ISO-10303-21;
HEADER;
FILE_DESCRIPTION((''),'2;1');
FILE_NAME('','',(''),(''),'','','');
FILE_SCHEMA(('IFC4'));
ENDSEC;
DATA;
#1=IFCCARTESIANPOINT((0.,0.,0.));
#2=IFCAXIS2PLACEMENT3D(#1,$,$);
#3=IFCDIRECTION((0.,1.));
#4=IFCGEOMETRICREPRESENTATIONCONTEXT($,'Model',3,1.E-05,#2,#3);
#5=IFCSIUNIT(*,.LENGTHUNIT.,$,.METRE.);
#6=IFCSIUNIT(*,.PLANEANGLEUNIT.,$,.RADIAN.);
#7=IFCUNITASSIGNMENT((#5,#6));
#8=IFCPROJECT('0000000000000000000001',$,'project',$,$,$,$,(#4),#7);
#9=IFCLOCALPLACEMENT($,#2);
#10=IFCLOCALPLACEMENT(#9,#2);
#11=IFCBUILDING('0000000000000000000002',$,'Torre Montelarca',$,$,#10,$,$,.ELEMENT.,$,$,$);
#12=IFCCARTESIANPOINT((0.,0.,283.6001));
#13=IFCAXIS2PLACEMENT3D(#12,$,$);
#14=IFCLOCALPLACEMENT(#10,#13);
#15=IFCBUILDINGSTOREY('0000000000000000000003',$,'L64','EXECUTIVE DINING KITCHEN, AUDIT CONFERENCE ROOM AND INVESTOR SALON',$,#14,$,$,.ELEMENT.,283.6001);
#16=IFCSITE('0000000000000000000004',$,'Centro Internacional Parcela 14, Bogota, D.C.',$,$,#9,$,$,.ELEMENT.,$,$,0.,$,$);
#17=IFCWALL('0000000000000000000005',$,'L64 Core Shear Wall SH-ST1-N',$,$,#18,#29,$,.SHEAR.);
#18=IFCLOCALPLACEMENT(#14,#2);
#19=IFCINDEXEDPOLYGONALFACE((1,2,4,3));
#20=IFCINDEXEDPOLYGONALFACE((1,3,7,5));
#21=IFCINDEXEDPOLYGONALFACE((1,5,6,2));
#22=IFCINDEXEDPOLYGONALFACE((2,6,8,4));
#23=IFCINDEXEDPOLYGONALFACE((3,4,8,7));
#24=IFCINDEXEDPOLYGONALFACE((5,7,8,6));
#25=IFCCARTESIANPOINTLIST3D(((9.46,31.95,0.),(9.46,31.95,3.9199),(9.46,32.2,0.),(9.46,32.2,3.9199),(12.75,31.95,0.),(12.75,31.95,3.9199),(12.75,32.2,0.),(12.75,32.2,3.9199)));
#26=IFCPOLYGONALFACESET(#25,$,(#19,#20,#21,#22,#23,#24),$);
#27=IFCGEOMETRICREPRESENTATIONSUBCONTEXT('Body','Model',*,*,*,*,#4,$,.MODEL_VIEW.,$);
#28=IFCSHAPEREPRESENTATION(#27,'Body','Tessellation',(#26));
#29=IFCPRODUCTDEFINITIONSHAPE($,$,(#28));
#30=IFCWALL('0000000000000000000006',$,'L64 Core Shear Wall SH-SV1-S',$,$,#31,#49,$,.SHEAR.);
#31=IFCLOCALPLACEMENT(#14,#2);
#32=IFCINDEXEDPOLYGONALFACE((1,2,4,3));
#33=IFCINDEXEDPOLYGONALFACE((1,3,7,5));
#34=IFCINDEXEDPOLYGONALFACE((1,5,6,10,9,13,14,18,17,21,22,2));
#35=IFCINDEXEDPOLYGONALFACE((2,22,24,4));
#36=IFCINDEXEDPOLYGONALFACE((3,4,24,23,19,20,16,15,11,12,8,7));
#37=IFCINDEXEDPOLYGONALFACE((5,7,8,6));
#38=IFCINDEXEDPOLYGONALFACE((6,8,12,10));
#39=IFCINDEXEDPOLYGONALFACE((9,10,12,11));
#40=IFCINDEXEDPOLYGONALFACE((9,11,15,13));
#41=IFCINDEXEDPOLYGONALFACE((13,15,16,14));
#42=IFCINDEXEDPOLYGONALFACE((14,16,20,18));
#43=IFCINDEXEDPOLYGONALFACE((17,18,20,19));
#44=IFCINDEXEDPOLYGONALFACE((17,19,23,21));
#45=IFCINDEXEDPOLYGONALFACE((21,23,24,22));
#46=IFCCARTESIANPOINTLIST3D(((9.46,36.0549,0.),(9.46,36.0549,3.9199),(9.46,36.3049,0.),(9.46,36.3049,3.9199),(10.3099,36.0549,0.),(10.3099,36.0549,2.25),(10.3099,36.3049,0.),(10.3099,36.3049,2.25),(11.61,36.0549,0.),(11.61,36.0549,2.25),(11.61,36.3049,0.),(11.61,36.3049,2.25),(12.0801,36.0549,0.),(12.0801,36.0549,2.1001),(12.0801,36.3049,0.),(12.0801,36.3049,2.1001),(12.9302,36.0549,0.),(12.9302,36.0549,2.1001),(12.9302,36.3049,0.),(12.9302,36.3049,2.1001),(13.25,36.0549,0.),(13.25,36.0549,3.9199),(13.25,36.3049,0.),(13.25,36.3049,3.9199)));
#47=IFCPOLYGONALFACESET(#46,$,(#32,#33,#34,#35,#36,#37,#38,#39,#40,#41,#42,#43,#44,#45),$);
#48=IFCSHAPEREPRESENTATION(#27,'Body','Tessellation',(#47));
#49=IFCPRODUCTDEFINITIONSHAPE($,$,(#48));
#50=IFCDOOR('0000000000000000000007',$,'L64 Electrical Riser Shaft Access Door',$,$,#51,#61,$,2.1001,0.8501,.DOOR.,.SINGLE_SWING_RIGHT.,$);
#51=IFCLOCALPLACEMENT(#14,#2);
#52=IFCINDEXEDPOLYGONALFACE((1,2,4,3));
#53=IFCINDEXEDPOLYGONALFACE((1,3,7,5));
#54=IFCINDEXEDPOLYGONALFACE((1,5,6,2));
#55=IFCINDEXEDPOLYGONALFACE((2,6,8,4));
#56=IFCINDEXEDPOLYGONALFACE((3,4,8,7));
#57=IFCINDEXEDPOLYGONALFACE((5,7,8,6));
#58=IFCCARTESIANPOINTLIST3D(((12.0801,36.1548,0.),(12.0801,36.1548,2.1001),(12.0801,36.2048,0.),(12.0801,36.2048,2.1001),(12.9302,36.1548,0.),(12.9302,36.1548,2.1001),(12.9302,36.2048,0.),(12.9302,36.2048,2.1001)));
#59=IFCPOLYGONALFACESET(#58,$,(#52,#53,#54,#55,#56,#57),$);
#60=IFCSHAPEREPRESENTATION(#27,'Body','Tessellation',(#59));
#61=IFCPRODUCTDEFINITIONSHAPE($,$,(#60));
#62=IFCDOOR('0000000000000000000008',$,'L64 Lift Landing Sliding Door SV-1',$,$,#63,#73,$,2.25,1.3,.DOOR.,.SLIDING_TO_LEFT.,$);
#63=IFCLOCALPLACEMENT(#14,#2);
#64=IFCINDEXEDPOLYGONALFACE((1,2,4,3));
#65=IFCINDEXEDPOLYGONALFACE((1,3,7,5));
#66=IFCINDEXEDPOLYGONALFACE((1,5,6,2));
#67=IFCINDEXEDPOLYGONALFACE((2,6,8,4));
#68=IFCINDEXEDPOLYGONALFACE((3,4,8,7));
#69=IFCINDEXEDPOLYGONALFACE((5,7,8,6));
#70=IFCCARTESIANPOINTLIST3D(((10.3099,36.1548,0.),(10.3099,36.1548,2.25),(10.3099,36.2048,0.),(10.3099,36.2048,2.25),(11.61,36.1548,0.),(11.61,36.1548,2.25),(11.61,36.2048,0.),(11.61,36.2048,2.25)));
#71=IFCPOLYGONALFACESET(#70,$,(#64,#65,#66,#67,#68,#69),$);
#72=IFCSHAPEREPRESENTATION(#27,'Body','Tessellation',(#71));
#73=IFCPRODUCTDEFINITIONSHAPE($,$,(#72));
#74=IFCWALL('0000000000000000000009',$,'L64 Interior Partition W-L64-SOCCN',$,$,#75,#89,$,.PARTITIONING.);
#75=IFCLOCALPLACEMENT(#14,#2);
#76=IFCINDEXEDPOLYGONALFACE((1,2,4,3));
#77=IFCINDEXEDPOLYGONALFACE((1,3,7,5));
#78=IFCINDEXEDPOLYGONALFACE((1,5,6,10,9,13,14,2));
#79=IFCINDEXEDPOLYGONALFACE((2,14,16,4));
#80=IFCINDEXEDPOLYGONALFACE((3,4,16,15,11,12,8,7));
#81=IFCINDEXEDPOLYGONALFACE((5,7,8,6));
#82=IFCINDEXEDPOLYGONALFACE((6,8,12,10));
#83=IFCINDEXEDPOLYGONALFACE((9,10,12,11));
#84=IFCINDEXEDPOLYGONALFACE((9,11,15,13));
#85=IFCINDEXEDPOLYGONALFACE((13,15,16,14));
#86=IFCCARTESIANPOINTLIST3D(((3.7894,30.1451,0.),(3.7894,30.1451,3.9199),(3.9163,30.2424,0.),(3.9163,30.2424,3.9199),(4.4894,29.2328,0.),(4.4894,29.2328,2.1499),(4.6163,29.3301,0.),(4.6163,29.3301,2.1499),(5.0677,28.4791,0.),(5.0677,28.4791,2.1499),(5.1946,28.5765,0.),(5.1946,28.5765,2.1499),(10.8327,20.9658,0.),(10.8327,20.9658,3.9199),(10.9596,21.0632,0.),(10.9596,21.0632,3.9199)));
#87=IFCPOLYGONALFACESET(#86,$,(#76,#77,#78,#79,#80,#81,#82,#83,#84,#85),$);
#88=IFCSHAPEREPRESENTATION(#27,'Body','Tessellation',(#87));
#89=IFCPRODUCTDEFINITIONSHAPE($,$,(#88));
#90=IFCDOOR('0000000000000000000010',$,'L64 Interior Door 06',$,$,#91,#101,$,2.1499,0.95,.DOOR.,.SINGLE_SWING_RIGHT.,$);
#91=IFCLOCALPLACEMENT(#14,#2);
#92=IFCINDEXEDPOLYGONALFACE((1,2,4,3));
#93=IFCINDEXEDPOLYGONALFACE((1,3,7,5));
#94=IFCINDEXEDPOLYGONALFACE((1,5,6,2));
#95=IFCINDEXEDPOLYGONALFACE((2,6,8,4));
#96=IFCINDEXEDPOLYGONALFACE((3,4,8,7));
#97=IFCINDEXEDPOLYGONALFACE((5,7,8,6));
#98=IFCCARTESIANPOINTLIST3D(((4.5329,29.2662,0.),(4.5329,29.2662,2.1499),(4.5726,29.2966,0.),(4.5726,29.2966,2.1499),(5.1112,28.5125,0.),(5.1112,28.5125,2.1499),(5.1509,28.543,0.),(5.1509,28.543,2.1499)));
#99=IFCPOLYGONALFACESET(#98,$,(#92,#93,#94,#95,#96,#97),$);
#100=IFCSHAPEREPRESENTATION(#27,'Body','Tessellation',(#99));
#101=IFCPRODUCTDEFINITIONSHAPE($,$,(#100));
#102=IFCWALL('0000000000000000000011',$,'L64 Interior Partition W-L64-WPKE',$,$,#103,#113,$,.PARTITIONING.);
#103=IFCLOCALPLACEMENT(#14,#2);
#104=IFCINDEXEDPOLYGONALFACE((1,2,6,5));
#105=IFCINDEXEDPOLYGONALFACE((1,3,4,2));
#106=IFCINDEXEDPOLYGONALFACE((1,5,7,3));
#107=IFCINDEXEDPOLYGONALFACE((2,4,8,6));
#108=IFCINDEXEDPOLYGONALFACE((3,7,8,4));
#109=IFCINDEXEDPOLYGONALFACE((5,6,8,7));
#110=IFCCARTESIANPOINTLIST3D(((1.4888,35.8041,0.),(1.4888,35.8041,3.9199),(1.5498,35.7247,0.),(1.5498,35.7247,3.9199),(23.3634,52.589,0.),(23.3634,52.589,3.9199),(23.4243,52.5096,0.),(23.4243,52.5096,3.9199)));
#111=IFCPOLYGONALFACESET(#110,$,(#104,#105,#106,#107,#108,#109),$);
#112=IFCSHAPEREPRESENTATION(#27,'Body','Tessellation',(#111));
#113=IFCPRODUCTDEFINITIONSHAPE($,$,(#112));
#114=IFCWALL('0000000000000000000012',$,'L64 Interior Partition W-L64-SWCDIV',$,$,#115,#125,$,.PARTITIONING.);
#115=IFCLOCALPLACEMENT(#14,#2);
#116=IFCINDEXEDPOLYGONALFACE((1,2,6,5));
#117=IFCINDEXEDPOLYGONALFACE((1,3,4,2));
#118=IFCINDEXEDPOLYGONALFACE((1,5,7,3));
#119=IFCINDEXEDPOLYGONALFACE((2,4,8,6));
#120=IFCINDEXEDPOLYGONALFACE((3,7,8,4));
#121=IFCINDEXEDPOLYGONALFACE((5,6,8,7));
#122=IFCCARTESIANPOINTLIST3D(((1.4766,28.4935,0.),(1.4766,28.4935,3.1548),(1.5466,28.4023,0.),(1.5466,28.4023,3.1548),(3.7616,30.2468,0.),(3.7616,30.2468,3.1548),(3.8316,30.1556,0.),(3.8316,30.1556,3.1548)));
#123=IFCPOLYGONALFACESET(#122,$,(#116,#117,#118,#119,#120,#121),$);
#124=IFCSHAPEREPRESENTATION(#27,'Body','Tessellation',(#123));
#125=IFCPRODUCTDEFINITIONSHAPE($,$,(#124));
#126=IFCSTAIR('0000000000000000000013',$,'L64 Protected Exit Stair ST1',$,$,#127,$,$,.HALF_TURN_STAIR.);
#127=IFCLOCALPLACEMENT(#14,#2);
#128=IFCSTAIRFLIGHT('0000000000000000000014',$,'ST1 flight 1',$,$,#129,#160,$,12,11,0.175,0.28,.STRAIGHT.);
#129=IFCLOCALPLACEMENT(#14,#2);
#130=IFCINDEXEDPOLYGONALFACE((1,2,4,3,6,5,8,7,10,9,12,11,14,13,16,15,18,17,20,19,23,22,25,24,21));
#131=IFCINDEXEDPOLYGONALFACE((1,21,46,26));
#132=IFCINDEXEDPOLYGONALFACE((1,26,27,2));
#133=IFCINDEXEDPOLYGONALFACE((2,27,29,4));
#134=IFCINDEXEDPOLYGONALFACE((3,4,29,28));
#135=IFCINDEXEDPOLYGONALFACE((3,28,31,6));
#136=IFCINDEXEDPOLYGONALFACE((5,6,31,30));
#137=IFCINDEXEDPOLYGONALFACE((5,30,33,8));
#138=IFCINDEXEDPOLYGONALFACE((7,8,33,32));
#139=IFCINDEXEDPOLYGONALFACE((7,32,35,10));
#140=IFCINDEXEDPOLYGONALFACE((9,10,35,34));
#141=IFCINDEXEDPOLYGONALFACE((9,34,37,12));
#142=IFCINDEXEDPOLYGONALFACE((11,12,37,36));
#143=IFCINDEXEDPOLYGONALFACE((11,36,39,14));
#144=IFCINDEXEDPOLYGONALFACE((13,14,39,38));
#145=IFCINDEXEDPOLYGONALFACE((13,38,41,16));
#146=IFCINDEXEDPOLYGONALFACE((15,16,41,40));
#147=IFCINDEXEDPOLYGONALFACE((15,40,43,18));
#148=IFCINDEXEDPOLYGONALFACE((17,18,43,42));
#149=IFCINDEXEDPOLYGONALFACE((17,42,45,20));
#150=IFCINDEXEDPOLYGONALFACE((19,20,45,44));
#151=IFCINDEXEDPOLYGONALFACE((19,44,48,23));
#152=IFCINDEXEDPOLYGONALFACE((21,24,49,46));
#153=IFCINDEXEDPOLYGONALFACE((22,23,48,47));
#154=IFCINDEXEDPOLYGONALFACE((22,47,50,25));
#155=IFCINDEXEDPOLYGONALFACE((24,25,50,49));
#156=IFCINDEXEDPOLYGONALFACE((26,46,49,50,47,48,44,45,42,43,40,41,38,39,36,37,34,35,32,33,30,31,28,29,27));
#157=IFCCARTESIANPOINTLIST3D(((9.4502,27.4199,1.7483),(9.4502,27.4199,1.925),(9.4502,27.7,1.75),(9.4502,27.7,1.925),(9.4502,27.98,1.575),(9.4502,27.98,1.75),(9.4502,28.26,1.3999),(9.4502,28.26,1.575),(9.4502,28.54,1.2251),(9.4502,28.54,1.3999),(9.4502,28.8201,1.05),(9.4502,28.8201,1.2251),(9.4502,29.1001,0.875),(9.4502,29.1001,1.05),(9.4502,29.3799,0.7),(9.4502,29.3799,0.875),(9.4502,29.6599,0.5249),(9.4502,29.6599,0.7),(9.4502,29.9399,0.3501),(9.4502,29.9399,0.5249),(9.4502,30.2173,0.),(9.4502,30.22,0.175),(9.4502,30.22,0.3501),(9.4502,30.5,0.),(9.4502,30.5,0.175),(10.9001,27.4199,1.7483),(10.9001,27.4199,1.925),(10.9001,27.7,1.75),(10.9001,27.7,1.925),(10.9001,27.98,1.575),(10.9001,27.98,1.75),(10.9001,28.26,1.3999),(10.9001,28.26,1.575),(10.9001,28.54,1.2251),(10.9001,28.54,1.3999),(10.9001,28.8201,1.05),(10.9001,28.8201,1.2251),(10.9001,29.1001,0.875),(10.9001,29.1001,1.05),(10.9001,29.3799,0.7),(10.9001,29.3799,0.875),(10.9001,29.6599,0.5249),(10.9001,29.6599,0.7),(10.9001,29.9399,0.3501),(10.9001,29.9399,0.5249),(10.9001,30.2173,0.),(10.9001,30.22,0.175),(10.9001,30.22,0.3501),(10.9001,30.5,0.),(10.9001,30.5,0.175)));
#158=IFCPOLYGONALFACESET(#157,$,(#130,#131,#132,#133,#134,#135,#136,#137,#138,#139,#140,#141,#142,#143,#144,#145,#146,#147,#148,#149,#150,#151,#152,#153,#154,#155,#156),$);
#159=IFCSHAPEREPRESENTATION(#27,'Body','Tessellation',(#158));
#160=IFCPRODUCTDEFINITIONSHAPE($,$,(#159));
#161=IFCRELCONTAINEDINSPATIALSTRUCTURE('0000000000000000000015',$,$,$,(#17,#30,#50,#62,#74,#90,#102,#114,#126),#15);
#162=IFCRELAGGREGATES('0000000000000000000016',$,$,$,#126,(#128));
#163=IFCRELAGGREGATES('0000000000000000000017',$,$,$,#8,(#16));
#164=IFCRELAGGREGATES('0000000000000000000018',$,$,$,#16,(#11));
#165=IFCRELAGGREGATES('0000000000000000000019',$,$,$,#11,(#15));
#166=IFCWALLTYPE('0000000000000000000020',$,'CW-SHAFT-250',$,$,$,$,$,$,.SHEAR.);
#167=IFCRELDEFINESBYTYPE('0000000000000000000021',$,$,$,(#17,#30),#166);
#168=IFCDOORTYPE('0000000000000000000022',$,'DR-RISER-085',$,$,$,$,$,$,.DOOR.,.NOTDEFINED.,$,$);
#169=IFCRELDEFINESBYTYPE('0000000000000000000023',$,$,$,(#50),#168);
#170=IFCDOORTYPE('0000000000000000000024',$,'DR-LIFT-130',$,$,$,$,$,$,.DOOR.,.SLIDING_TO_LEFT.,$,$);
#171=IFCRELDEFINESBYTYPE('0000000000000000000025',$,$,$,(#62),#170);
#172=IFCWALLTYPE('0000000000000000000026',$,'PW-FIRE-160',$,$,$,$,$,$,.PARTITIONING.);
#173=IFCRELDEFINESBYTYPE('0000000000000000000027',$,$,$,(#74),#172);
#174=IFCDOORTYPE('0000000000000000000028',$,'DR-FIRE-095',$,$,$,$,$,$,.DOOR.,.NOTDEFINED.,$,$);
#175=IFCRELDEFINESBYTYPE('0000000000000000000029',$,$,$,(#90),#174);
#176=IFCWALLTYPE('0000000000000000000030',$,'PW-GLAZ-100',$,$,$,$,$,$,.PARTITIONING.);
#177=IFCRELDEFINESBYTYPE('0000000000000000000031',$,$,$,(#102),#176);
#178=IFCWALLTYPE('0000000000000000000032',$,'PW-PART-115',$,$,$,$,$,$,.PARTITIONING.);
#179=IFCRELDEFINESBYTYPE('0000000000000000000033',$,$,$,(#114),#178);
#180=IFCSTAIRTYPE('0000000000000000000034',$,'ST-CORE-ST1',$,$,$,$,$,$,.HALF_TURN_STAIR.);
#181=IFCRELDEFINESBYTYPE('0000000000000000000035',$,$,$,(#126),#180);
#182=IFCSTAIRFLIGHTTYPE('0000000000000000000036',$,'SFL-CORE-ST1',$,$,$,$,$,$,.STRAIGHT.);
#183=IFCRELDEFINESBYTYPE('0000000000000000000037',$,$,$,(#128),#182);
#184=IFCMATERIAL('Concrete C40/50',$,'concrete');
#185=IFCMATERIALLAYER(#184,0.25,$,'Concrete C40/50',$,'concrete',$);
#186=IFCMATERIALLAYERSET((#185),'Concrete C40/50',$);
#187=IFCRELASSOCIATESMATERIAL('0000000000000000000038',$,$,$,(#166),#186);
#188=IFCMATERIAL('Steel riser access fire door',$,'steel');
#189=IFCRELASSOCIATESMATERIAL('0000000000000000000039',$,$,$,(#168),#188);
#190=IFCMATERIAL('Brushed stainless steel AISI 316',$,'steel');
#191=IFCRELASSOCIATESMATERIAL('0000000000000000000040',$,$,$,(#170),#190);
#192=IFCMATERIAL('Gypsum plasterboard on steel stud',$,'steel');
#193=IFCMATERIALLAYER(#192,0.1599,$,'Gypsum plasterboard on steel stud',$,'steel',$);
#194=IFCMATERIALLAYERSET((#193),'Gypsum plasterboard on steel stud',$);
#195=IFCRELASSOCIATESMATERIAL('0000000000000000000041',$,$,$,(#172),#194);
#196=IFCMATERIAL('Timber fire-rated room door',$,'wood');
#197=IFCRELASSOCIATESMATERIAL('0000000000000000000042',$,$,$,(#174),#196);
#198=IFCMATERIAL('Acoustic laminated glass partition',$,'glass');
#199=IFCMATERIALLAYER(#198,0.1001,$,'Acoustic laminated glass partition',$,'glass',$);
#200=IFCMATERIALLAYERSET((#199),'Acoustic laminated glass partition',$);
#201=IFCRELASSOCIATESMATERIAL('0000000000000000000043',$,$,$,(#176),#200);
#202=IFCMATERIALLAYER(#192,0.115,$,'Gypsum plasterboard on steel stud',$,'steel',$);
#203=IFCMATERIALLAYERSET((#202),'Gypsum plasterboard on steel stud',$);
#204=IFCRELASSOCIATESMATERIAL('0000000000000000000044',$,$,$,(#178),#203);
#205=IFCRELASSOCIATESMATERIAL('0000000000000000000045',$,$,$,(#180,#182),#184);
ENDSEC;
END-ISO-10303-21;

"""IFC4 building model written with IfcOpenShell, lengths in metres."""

from ifc_helpers import new_model, si_unit, direction, frame, frame_2d, origin, place, context, subcontext, project, spatial, polyline, rectangle, outline, extrude, source, transform, mapped, material, layer, layer_set, type_object, element, fill, aggregate, save


model = new_model("IFC4")

# Units and contexts
model_context = context("Model", 3, precision=1e-05, world=origin(), true_north=direction((0.0, 1.0)))
body_context = subcontext(model_context, "Body", "Model", "MODEL_VIEW")
ifc_project = project(units=[si_unit("LENGTHUNIT", "METRE"), si_unit("PLANEANGLEUNIT", "RADIAN")], contexts=[model_context])

# Site, building, storey
site_placement = place(None, origin())
site = spatial("IfcSite", under=ifc_project, at=site_placement, Name="Centro Internacional Parcela 14, Bogota, D.C.", CompositionType="ELEMENT", RefElevation=0.0)
building_placement = place(site_placement, origin())
building = spatial("IfcBuilding", under=site, at=building_placement, Name="Torre Montelarca", CompositionType="ELEMENT")
storey_placement = place(building_placement, frame((0.0, 0.0, 283.6001)))
storey = spatial("IfcBuildingStorey", under=building, at=storey_placement, Name="L64", Description="EXECUTIVE DINING KITCHEN, AUDIT CONFERENCE ROOM AND INVESTOR SALON", CompositionType="ELEMENT", Elevation=283.6001)

# Wall
ifc_material_1 = material(Name="Concrete C40/50", Category="concrete")
ifc_layer_1 = layer(ifc_material_1, 0.25, Name="Concrete C40/50", Category="concrete")
ifc_layer_set_1 = layer_set([ifc_layer_1], Name="Concrete C40/50")
wall_type_1 = type_object("IfcWallType", Name="CW-SHAFT-250", PredefinedType="SHEAR", material=ifc_layer_set_1)
wall_1_placement = place(storey_placement, frame((9.46, 32.075, 0.0), z_axis=(0.0, 0.0, 1.0), x_axis=(1.0, 0.0, 0.0)))
element("IfcWall", 1, at=wall_1_placement, inside=storey, type_object=wall_type_1, Name="L64 Core Shear Wall SH-ST1-N", PredefinedType="SHEAR", context=body_context, shape_type="SweptSolid", body=[
    extrude(rectangle(XDim=3.29, YDim=0.25, at=frame_2d((1.645, 0.0))), origin(), (0.0, 0.0, 1.0), 3.9199),
])

# Wall, openings, doors
wall_2_placement = place(storey_placement, frame((9.46, 36.1799, 0.0), z_axis=(0.0, 0.0, 1.0), x_axis=(1.0, 0.0, 0.0)))
wall_2 = element("IfcWall", 2, at=wall_2_placement, inside=storey, type_object=wall_type_1, Name="L64 Core Shear Wall SH-SV1-S", PredefinedType="SHEAR", context=body_context, shape_type="SweptSolid", body=[
    extrude(rectangle(XDim=3.79, YDim=0.25, at=frame_2d((1.895, 0.0))), origin(), (0.0, 0.0, 1.0), 3.9199),
])
opening_1_placement = place(wall_2_placement, frame((2.6201, 0.0, 0.0)))
opening_1 = element("IfcOpeningElement", 3, at=opening_1_placement, cuts=wall_2, PredefinedType="OPENING", context=body_context, shape_type="SweptSolid", body=[
    extrude(rectangle(XDim=0.8501, YDim=2.1001, at=frame_2d((0.425, 1.05))), frame((0.0, 0.135, 0.0), z_axis=(0.0, -1.0, 0.0), x_axis=(1.0, 0.0, 0.0)), (0.0, 0.0, 1.0), 0.27),
])
opening_2_placement = place(wall_2_placement, frame((0.8501, 0.0, 0.0)))
opening_2 = element("IfcOpeningElement", 4, at=opening_2_placement, cuts=wall_2, PredefinedType="OPENING", context=body_context, shape_type="SweptSolid", body=[
    extrude(rectangle(XDim=1.3, YDim=2.25, at=frame_2d((0.6499, 1.125))), frame((0.0, 0.135, 0.0), z_axis=(0.0, -1.0, 0.0), x_axis=(1.0, 0.0, 0.0)), (0.0, 0.0, 1.0), 0.27),
])
ifc_material_2 = material(Name="Steel riser access fire door", Category="steel")
door_type_1 = type_object("IfcDoorType", Name="DR-RISER-085", OperationType="NOTDEFINED", PredefinedType="DOOR", material=ifc_material_2)
shared_shape_1 = source(origin(), body_context, "Body", "SweptSolid", [
    extrude(rectangle(XDim=0.8501, YDim=2.1001, at=frame_2d((0.425, 1.05))), frame((0.0, 0.0249, 0.0), z_axis=(0.0, -1.0, 0.0), x_axis=(1.0, 0.0, 0.0)), (0.0, 0.0, 1.0), 0.05),
])
door_1_placement = place(opening_1_placement, origin())
door_1 = element("IfcDoor", 5, at=door_1_placement, inside=storey, type_object=door_type_1, Name="L64 Electrical Riser Shaft Access Door", OperationType="SINGLE_SWING_RIGHT", OverallHeight=2.1001, OverallWidth=0.8501, PredefinedType="DOOR", context=body_context, shape_type="MappedRepresentation", body=[
    mapped(shared_shape_1, transform((0.0, 0.0, 0.0), scale=1.0)),
])
fill(opening_1, door_1)
ifc_material_3 = material(Name="Brushed stainless steel AISI 316", Category="steel")
door_type_2 = type_object("IfcDoorType", Name="DR-LIFT-130", OperationType="SLIDING_TO_LEFT", PredefinedType="DOOR", material=ifc_material_3)
shared_shape_2 = source(origin(), body_context, "Body", "SweptSolid", [
    extrude(rectangle(XDim=1.3, YDim=2.25, at=frame_2d((0.6499, 1.125))), frame((0.0, 0.0249, 0.0), z_axis=(0.0, -1.0, 0.0), x_axis=(1.0, 0.0, 0.0)), (0.0, 0.0, 1.0), 0.05),
])
door_2_placement = place(opening_2_placement, origin())
door_2 = element("IfcDoor", 6, at=door_2_placement, inside=storey, type_object=door_type_2, Name="L64 Lift Landing Sliding Door SV-1", OperationType="SLIDING_TO_LEFT", OverallHeight=2.25, OverallWidth=1.3, PredefinedType="DOOR", context=body_context, shape_type="MappedRepresentation", body=[
    mapped(shared_shape_2, transform((0.0, 0.0, 0.0), scale=1.0)),
])
fill(opening_2, door_2)

# Wall, opening, door
ifc_material_4 = material(Name="Gypsum plasterboard on steel stud", Category="steel")
ifc_layer_2 = layer(ifc_material_4, 0.1599, Name="Gypsum plasterboard on steel stud", Category="steel")
ifc_layer_set_2 = layer_set([ifc_layer_2], Name="Gypsum plasterboard on steel stud")
wall_type_2 = type_object("IfcWallType", Name="PW-FIRE-160", PredefinedType="PARTITIONING", material=ifc_layer_set_2)
wall_3_placement = place(storey_placement, frame((3.8528, 30.1938, 0.0), z_axis=(0.0, 0.0, 1.0), x_axis=(0.608749, -0.793363, 0.0)))
wall_3 = element("IfcWall", 7, at=wall_3_placement, inside=storey, type_object=wall_type_2, Name="L64 Interior Partition W-L64-SOCCN", PredefinedType="PARTITIONING", context=body_context, shape_type="SweptSolid", body=[
    extrude(rectangle(XDim=11.5701, YDim=0.1599, at=frame_2d((5.7852, 0.0))), origin(), (0.0, 0.0, 1.0), 3.9199),
])
opening_3_placement = place(wall_3_placement, frame((1.1499, 0.0, 0.0)))
opening_3 = element("IfcOpeningElement", 8, at=opening_3_placement, cuts=wall_3, PredefinedType="OPENING", context=body_context, shape_type="SweptSolid", body=[
    extrude(rectangle(XDim=0.95, YDim=2.1499, at=frame_2d((0.4751, 1.075))), frame((0.0, 0.0898, 0.0), z_axis=(0.0, -1.0, 0.0), x_axis=(1.0, 0.0, 0.0)), (0.0, 0.0, 1.0), 0.1799),
])
ifc_material_5 = material(Name="Timber fire-rated room door", Category="wood")
door_type_3 = type_object("IfcDoorType", Name="DR-FIRE-095", OperationType="NOTDEFINED", PredefinedType="DOOR", material=ifc_material_5)
shared_shape_3 = source(origin(), body_context, "Body", "SweptSolid", [
    extrude(rectangle(XDim=0.95, YDim=2.1499, at=frame_2d((0.4751, 1.075))), frame((0.0, 0.0249, 0.0), z_axis=(0.0, -1.0, 0.0), x_axis=(1.0, 0.0, 0.0)), (0.0, 0.0, 1.0), 0.05),
])
door_3_placement = place(opening_3_placement, origin())
door_3 = element("IfcDoor", 9, at=door_3_placement, inside=storey, type_object=door_type_3, Name="L64 Interior Door 06", OperationType="SINGLE_SWING_RIGHT", OverallHeight=2.1499, OverallWidth=0.95, PredefinedType="DOOR", context=body_context, shape_type="MappedRepresentation", body=[
    mapped(shared_shape_3, transform((0.0, 0.0, 0.0), scale=1.0)),
])
fill(opening_3, door_3)

# Walls
ifc_material_6 = material(Name="Acoustic laminated glass partition", Category="glass")
ifc_layer_3 = layer(ifc_material_6, 0.1001, Name="Acoustic laminated glass partition", Category="glass")
ifc_layer_set_3 = layer_set([ifc_layer_3], Name="Acoustic laminated glass partition")
wall_type_3 = type_object("IfcWallType", Name="PW-GLAZ-100", PredefinedType="PARTITIONING", material=ifc_layer_set_3)
wall_4_placement = place(storey_placement, frame((1.5193, 35.7644, 0.0), z_axis=(0.0, 0.0, 1.0), x_axis=(0.793353, 0.608762, 0.0)))
element("IfcWall", 10, at=wall_4_placement, inside=storey, type_object=wall_type_3, Name="L64 Interior Partition W-L64-WPKE", PredefinedType="PARTITIONING", context=body_context, shape_type="SweptSolid", body=[
    extrude(rectangle(XDim=27.5723, YDim=0.1001, at=frame_2d((13.7861, 0.0))), origin(), (0.0, 0.0, 1.0), 3.9199),
])
ifc_layer_4 = layer(ifc_material_4, 0.115, Name="Gypsum plasterboard on steel stud", Category="steel")
ifc_layer_set_4 = layer_set([ifc_layer_4], Name="Gypsum plasterboard on steel stud")
wall_type_4 = type_object("IfcWallType", Name="PW-PART-115", PredefinedType="PARTITIONING", material=ifc_layer_set_4)
wall_5_placement = place(storey_placement, frame((1.5117, 28.448, 0.0), z_axis=(0.0, 0.0, 1.0), x_axis=(0.79337, 0.608739, 0.0)))
element("IfcWall", 11, at=wall_5_placement, inside=storey, type_object=wall_type_4, Name="L64 Interior Partition W-L64-SWCDIV", PredefinedType="PARTITIONING", context=body_context, shape_type="SweptSolid", body=[
    extrude(rectangle(XDim=2.8801, YDim=0.115, at=frame_2d((1.4399, 0.0))), origin(), (0.0, 0.0, 1.0), 3.1548),
])

# Stair, stair flight
stair_type = type_object("IfcStairType", Name="ST-CORE-ST1", PredefinedType="HALF_TURN_STAIR", material=ifc_material_1)
stair_placement = place(storey_placement, origin())
stair = element("IfcStair", 12, at=stair_placement, inside=storey, type_object=stair_type, Name="L64 Protected Exit Stair ST1", PredefinedType="HALF_TURN_STAIR")
stair_flight_type = type_object("IfcStairFlightType", Name="SFL-CORE-ST1", PredefinedType="STRAIGHT", material=ifc_material_1)
stair_flight_placement = place(storey_placement, frame((10.175, 30.5, 0.0), z_axis=(0.0, 0.0, 1.0), x_axis=(0.0, -1.0, 0.0)))
stair_flight = element("IfcStairFlight", 13, at=stair_flight_placement, type_object=stair_flight_type, Name="ST1 flight 1", NumberOfRisers=12, NumberOfTreads=11, PredefinedType="STRAIGHT", RiserHeight=0.175, TreadLength=0.28, context=body_context, shape_type="SweptSolid", body=[
    extrude(outline(polyline([(0.0, 0.0), (0.0, 0.175), (0.28, 0.175), (0.28, 0.3501), (0.5601, 0.3501), (0.5601, 0.5249), (0.8401, 0.5249), (0.8401, 0.7), (1.1201, 0.7), (1.1201, 0.875), (1.3999, 0.875), (1.3999, 1.05), (1.6799, 1.05), (1.6799, 1.2251), (1.96, 1.2251), (1.96, 1.3999), (2.24, 1.3999), (2.24, 1.575), (2.52, 1.575), (2.52, 1.75), (2.8, 1.75), (2.8, 1.925), (3.0801, 1.925), (3.0801, 2.1001), (3.0801, 1.7483), (0.2827, 0.0), (0.0, 0.0)])), frame((0.0, 0.7251, 0.0), z_axis=(0.0, -1.0, 0.0), x_axis=(1.0, 0.0, 0.0)), (0.0, 0.0, 1.0), 1.45),
])
aggregate(stair, [stair_flight])

save(model, "model.ifc")
